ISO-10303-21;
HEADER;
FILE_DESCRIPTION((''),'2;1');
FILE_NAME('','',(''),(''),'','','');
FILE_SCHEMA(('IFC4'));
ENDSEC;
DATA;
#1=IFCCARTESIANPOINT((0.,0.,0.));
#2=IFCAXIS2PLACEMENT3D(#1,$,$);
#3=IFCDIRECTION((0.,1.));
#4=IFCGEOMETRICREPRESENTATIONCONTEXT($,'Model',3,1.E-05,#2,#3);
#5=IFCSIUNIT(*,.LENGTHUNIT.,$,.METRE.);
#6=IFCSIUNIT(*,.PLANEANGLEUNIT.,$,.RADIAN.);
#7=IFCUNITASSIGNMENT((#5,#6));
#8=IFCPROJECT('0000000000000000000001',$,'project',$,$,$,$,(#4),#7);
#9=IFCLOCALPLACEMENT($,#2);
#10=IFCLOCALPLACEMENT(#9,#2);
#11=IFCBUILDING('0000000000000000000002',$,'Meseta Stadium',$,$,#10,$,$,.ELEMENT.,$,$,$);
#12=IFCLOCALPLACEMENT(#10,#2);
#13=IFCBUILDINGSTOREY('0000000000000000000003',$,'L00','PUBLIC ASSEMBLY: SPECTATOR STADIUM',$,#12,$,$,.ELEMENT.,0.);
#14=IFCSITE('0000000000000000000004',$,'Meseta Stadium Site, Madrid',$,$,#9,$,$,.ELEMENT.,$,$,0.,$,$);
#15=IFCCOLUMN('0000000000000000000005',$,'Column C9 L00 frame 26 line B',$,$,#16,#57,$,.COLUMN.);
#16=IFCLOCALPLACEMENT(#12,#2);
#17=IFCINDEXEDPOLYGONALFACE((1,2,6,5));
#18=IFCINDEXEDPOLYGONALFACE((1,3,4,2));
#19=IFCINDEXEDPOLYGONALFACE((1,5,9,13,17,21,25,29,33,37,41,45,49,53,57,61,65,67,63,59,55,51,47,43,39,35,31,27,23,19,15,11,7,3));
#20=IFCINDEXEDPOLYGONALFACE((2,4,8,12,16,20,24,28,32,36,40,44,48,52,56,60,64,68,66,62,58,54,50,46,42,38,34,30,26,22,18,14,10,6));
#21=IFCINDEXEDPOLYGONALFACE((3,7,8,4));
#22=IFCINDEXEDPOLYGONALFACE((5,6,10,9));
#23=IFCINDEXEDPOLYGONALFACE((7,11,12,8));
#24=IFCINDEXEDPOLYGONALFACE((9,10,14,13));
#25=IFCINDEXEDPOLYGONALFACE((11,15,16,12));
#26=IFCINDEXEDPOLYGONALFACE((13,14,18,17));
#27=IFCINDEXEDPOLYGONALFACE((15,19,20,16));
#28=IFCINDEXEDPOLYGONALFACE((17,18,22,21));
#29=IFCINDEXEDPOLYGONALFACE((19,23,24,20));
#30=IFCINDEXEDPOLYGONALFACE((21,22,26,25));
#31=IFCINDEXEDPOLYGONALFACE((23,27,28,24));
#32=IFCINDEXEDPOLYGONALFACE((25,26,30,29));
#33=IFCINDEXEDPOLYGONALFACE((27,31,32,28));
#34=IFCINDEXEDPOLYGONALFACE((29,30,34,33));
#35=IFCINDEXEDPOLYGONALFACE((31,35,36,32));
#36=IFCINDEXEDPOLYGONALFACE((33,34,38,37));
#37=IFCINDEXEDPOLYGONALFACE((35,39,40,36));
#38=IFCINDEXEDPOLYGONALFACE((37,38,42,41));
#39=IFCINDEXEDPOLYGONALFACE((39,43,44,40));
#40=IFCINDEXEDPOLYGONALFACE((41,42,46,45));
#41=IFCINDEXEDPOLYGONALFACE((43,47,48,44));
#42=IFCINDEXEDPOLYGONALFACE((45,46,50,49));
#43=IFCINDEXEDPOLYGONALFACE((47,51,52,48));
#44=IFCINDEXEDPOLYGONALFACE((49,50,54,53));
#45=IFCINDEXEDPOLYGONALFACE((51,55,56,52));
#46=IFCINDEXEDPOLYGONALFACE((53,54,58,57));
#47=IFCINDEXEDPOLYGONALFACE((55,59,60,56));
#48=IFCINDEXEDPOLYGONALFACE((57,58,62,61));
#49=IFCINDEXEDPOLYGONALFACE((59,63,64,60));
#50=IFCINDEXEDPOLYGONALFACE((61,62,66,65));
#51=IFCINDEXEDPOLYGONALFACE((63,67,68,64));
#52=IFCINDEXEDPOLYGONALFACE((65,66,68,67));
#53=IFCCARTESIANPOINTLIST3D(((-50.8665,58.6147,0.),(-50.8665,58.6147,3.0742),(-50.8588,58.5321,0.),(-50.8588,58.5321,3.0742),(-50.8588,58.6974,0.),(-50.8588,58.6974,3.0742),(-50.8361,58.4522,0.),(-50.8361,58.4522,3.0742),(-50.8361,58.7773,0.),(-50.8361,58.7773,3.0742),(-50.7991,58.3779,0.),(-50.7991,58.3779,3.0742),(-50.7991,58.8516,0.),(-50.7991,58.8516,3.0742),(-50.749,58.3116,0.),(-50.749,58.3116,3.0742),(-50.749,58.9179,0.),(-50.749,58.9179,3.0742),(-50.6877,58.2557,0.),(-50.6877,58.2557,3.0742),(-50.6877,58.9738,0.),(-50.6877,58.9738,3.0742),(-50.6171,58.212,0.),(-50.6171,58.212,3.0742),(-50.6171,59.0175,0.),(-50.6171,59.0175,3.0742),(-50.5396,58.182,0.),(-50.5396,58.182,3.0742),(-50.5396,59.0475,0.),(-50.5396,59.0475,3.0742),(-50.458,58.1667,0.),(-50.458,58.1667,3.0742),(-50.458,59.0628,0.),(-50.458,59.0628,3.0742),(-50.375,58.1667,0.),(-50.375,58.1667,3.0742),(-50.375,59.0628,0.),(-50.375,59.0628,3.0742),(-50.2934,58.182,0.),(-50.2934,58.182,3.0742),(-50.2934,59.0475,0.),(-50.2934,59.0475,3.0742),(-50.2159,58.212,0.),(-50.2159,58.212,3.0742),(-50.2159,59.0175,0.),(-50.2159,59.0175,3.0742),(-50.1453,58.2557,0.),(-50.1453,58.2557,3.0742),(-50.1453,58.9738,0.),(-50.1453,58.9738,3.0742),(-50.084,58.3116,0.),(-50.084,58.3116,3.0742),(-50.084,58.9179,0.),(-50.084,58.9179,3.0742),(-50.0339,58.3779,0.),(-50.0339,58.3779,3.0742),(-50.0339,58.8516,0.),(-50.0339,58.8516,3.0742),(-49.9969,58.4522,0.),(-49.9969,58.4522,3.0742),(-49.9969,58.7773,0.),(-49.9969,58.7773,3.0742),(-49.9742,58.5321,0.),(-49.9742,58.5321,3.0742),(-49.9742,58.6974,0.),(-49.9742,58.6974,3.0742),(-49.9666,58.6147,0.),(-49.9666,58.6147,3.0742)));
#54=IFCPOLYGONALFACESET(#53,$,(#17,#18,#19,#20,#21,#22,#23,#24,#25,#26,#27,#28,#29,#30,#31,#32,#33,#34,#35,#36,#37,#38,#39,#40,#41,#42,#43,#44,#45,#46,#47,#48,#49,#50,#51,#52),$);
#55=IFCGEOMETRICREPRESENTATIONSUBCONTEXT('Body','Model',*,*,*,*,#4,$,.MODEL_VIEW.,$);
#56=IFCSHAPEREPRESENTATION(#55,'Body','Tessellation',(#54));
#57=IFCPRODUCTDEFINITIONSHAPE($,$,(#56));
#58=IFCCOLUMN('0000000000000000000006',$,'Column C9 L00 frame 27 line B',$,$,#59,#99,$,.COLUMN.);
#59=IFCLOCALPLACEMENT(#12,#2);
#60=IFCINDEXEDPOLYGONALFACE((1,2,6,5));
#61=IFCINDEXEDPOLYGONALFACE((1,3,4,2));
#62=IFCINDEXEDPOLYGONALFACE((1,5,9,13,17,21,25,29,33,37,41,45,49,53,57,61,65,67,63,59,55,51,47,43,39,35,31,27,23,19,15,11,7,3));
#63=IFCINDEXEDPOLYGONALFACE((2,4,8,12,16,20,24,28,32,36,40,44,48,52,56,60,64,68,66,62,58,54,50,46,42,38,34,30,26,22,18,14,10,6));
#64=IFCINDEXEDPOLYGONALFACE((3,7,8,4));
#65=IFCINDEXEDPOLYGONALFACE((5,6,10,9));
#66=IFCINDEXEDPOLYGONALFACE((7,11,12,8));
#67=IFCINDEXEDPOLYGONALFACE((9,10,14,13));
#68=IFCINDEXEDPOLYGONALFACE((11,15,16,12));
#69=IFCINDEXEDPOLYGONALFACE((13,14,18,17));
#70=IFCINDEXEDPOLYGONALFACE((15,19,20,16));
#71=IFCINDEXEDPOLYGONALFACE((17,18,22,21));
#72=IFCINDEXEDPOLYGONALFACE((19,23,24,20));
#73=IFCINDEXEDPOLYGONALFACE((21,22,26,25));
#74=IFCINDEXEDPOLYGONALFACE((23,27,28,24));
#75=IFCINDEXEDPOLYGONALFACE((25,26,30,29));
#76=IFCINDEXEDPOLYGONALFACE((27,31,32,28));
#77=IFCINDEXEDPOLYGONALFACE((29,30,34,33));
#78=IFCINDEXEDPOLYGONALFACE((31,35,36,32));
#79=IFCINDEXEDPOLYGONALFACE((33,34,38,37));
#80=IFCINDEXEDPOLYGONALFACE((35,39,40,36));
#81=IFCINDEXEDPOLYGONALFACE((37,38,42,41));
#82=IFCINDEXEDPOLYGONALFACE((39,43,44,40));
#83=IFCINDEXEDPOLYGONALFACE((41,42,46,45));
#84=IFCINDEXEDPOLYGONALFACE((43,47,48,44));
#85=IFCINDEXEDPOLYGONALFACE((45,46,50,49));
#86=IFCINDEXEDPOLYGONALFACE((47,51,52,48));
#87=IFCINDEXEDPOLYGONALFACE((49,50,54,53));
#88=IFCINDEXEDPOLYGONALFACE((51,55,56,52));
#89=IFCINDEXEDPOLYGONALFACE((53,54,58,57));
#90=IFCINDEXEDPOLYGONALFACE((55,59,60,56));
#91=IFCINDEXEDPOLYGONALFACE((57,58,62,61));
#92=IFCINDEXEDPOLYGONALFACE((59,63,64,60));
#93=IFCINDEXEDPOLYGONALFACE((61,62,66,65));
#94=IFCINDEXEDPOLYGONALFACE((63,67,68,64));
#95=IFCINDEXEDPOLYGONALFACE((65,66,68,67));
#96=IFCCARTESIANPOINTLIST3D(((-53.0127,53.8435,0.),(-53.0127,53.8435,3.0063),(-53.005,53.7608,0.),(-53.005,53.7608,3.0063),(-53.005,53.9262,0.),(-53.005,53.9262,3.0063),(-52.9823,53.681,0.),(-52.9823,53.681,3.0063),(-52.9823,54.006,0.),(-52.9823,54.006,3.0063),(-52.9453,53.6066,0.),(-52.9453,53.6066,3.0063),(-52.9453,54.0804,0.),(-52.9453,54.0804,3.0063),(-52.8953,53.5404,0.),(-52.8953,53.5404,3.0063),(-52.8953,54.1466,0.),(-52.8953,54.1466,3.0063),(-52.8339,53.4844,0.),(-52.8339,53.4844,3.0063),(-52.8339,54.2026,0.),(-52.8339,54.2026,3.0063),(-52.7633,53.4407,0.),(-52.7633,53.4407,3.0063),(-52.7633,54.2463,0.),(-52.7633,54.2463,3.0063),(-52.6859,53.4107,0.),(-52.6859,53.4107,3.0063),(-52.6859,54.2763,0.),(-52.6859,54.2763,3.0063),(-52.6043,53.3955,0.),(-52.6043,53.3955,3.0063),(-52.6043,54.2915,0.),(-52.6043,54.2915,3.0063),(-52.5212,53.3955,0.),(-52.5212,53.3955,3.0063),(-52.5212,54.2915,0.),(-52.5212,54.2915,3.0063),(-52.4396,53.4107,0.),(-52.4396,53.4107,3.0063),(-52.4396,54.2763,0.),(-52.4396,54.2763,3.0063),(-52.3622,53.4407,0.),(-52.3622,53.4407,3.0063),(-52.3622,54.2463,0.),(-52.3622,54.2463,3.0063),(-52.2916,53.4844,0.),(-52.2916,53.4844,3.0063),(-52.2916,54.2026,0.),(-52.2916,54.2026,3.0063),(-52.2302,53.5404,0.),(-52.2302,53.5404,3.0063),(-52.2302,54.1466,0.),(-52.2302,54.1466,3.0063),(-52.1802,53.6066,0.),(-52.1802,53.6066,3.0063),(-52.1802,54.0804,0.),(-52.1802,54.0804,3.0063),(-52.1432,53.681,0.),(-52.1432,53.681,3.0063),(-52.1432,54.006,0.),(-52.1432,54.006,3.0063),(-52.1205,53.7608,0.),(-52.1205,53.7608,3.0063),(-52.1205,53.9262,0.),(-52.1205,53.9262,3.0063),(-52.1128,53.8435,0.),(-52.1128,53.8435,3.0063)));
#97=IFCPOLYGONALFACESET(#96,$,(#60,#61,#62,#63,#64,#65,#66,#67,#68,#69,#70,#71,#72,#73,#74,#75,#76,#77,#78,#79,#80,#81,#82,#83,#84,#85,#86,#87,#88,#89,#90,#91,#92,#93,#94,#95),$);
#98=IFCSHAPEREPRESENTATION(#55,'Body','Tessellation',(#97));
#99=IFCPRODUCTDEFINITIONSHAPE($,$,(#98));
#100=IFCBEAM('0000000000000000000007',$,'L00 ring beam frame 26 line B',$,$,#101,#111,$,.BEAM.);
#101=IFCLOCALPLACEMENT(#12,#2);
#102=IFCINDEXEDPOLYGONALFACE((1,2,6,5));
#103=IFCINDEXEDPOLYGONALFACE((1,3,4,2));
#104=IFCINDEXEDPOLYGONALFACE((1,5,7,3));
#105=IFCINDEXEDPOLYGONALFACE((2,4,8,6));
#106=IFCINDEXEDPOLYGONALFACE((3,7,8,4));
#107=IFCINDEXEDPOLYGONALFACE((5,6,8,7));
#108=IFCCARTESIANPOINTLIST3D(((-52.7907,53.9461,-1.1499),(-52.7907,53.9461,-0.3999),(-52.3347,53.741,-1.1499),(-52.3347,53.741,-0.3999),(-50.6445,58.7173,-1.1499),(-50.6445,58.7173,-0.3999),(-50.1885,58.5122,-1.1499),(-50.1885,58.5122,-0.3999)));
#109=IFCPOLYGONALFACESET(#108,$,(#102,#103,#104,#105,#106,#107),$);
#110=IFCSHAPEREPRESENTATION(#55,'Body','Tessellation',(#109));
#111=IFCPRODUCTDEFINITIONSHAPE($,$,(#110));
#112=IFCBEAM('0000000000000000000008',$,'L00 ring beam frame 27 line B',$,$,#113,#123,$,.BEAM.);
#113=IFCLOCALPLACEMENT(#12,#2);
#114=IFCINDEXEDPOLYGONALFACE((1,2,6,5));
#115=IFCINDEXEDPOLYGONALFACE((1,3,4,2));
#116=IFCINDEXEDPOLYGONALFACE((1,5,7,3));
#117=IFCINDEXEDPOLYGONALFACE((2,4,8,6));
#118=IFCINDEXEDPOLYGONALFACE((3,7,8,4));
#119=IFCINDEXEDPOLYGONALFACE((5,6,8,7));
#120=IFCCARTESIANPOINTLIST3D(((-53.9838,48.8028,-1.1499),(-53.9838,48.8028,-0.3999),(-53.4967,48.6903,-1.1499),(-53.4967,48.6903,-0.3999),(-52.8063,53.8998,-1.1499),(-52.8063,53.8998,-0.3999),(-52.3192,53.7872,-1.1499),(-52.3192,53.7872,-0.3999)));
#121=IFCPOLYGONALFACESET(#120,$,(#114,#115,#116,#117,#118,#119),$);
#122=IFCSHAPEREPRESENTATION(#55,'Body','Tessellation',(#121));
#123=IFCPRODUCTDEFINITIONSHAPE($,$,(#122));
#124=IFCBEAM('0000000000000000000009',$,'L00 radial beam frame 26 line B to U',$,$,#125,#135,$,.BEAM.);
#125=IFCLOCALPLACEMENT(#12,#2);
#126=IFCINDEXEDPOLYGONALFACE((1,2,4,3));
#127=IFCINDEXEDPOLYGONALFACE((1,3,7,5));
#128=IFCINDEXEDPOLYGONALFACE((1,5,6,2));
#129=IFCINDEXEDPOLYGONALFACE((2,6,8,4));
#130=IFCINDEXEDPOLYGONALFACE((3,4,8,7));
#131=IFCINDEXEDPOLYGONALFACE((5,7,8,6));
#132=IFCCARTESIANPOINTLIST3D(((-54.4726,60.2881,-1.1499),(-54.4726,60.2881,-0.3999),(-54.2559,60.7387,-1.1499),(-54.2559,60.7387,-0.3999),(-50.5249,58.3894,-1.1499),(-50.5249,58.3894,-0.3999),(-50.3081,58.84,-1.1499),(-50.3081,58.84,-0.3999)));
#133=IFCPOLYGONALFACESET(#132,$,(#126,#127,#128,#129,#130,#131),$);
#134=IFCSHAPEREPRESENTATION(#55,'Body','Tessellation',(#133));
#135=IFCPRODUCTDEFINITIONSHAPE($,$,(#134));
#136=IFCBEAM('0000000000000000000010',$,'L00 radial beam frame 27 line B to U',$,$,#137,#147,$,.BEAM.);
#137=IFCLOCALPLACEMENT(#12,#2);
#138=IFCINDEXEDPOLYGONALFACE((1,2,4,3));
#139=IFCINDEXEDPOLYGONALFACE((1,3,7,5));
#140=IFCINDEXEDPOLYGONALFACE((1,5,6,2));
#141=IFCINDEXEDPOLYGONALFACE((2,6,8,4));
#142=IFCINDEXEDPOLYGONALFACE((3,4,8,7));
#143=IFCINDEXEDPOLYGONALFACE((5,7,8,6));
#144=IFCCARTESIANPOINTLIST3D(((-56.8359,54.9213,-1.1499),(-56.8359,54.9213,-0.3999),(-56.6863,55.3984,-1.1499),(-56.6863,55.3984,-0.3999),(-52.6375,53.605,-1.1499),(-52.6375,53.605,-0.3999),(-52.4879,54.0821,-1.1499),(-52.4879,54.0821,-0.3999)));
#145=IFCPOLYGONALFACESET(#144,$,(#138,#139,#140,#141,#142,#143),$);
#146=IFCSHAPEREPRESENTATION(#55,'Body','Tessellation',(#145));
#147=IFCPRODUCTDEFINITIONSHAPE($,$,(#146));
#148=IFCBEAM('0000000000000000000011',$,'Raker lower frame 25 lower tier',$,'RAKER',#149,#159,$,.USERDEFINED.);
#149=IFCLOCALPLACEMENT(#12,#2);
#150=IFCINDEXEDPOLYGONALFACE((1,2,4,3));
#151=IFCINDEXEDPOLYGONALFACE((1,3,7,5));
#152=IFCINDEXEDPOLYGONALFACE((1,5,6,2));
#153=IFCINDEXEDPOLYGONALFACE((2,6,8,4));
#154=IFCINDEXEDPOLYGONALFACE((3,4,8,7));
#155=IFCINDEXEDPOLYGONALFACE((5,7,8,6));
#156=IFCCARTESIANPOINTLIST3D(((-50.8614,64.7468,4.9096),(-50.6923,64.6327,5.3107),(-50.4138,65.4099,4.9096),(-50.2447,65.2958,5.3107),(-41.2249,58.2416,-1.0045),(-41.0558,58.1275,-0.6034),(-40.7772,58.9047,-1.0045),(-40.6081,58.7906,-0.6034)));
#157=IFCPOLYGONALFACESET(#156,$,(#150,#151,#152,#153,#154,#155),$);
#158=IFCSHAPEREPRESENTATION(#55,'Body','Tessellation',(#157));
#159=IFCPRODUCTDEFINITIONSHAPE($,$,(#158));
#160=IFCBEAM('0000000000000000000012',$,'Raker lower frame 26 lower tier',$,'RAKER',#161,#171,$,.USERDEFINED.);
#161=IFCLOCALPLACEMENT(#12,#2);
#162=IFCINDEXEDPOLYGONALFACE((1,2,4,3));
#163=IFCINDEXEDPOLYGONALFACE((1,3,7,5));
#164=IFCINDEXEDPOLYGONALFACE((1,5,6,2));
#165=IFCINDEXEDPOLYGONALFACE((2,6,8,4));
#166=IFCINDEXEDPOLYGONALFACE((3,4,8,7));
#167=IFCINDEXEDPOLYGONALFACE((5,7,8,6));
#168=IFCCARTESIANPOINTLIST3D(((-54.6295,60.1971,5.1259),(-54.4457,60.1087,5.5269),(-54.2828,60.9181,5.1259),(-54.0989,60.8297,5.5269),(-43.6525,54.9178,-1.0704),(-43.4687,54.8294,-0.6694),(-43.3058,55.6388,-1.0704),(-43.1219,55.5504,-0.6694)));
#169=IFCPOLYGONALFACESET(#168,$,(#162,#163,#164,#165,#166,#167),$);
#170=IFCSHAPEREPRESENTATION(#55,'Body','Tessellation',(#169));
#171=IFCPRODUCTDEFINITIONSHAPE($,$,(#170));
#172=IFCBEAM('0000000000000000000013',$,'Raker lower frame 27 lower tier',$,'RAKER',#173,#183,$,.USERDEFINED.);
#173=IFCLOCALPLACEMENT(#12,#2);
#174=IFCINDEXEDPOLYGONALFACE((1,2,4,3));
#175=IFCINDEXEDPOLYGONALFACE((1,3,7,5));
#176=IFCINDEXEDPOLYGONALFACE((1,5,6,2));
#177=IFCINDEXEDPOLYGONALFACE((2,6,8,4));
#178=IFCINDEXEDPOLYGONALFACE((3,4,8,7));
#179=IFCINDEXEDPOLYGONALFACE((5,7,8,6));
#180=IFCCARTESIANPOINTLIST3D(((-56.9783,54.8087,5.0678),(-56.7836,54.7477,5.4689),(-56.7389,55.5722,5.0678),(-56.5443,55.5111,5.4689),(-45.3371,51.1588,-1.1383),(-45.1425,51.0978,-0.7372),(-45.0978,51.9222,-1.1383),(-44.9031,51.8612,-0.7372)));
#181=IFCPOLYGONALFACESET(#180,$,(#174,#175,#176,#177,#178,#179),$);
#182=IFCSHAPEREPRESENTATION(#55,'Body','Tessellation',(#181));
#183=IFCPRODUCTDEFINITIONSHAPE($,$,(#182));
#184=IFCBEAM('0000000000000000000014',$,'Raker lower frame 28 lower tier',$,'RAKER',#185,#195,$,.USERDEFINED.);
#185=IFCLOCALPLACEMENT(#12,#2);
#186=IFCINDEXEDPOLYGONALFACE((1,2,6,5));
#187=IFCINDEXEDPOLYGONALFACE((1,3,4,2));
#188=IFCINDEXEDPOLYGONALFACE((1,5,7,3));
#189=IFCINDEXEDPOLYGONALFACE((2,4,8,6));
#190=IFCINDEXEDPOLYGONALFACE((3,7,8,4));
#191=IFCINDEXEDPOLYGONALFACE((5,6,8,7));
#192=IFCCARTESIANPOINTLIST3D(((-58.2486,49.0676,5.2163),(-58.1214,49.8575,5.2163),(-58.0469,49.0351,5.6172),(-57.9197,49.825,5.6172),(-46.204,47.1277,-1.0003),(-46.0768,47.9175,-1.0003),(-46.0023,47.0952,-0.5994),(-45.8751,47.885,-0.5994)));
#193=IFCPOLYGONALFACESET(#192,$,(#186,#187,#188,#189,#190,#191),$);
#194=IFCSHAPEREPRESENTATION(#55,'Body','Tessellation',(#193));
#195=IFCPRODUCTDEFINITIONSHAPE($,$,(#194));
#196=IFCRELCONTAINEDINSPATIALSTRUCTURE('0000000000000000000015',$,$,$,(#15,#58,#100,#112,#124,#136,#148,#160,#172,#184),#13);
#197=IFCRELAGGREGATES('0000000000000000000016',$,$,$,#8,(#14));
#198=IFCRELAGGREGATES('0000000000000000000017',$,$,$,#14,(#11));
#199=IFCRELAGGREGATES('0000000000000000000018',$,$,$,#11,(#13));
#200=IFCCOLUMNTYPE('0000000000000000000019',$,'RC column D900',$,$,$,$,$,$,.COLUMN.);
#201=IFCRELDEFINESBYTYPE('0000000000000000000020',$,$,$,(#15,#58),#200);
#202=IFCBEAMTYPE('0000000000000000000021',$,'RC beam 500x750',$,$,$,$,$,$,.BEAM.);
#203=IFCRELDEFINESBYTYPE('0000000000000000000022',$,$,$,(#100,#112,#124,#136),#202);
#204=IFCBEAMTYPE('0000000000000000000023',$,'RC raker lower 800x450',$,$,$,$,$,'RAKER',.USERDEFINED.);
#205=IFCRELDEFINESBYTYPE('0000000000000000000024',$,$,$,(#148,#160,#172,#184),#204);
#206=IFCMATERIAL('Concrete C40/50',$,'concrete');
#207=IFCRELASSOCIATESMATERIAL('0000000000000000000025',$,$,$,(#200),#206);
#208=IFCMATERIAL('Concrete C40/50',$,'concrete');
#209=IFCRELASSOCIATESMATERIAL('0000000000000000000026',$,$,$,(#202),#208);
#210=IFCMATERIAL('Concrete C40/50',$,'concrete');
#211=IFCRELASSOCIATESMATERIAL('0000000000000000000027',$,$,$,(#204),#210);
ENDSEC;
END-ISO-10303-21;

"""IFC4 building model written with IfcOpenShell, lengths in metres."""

from ifc_helpers import new_model, si_unit, direction, frame, origin, origin_2d, place, context, subcontext, project, spatial, rectangle, circle, extrude, material, material_profile, profile_set, type_object, element, save


model = new_model("IFC4")

# Units and contexts
model_context = context("Model", 3, precision=1e-05, world=origin(), true_north=direction((0.0, 1.0)))
body_context = subcontext(model_context, "Body", "Model", "MODEL_VIEW")
ifc_project = project(units=[si_unit("LENGTHUNIT", "METRE"), si_unit("PLANEANGLEUNIT", "RADIAN")], contexts=[model_context])

# Site, building, storey
site_placement = place(None, origin())
site = spatial("IfcSite", under=ifc_project, at=site_placement, Name="Meseta Stadium Site, Madrid", CompositionType="ELEMENT", RefElevation=0.0)
building_placement = place(site_placement, origin())
building = spatial("IfcBuilding", under=site, at=building_placement, Name="Meseta Stadium", CompositionType="ELEMENT")
storey_placement = place(building_placement, origin())
storey = spatial("IfcBuildingStorey", under=building, at=storey_placement, Name="L00", Description="PUBLIC ASSEMBLY: SPECTATOR STADIUM", CompositionType="ELEMENT", Elevation=0.0)

# Columns
ifc_material_1 = material(Name="Concrete C40/50", Category="concrete")
ifc_material_profile_1 = material_profile(ifc_material_1, circle(Radius=0.45, at=origin_2d()), Name="RC D900")
ifc_profile_set_1 = profile_set([ifc_material_profile_1], Name="Concrete C40/50")
column_type = type_object("IfcColumnType", Name="RC column D900", PredefinedType="COLUMN", material=ifc_profile_set_1)
column_1_placement = place(storey_placement, frame((-50.4165, 58.6147, 0.0), z_axis=(0.0, 0.0, 1.0), x_axis=(1.0, 0.0, 0.0)))
element("IfcColumn", 1, at=column_1_placement, inside=storey, type_object=column_type, Name="Column C9 L00 frame 26 line B", PredefinedType="COLUMN", context=body_context, shape_type="SweptSolid", body=[
    extrude(circle(Radius=0.45, at=origin_2d()), origin(), (0.0, 0.0, 1.0), 3.0742),
])
column_2_placement = place(storey_placement, frame((-52.5627, 53.8435, 0.0), z_axis=(0.0, 0.0, 1.0), x_axis=(1.0, 0.0, 0.0)))
element("IfcColumn", 2, at=column_2_placement, inside=storey, type_object=column_type, Name="Column C9 L00 frame 27 line B", PredefinedType="COLUMN", context=body_context, shape_type="SweptSolid", body=[
    extrude(circle(Radius=0.45, at=origin_2d()), origin(), (0.0, 0.0, 1.0), 3.0063),
])

# Beams
ifc_material_2 = material(Name="Concrete C40/50", Category="concrete")
ifc_material_profile_2 = material_profile(ifc_material_2, rectangle(XDim=0.5, YDim=0.75, at=origin_2d()), Name="RC 500x750")
ifc_profile_set_2 = profile_set([ifc_material_profile_2], Name="Concrete C40/50")
beam_type_1 = type_object("IfcBeamType", Name="RC beam 500x750", PredefinedType="BEAM", material=ifc_profile_set_2)
beam_1_placement = place(storey_placement, frame((-50.4165, 58.6147, -0.7749), z_axis=(-0.410235, -0.91198, 0.0), x_axis=(0.91198, -0.410235, 0.0)))
element("IfcBeam", 3, at=beam_1_placement, inside=storey, type_object=beam_type_1, Name="L00 ring beam frame 26 line B", PredefinedType="BEAM", context=body_context, shape_type="SweptSolid", body=[
    extrude(rectangle(XDim=0.5, YDim=0.75, at=origin_2d()), origin(), (0.0, 0.0, 1.0), 5.2317),
])
beam_2_placement = place(storey_placement, frame((-52.5627, 53.8435, -0.7749), z_axis=(-0.225091, -0.974338, 0.0), x_axis=(0.974338, -0.225091, 0.0)))
element("IfcBeam", 4, at=beam_2_placement, inside=storey, type_object=beam_type_1, Name="L00 ring beam frame 27 line B", PredefinedType="BEAM", context=body_context, shape_type="SweptSolid", body=[
    extrude(rectangle(XDim=0.5, YDim=0.75, at=origin_2d()), origin(), (0.0, 0.0, 1.0), 5.2312),
])
beam_3_placement = place(storey_placement, frame((-50.4165, 58.6147, -0.7749), z_axis=(-0.901188, 0.433428, 0.0), x_axis=(-0.433428, -0.901188, 0.0)))
element("IfcBeam", 5, at=beam_3_placement, inside=storey, type_object=beam_type_1, Name="L00 radial beam frame 26 line B to U", PredefinedType="BEAM", context=body_context, shape_type="SweptSolid", body=[
    extrude(rectangle(XDim=0.5, YDim=0.75, at=origin_2d()), origin(), (0.0, 0.0, 1.0), 4.3806),
])
beam_4_placement = place(storey_placement, frame((-52.5627, 53.8435, -0.7749), z_axis=(-0.954196, 0.299182, 0.0), x_axis=(-0.299182, -0.954196, 0.0)))
element("IfcBeam", 6, at=beam_4_placement, inside=storey, type_object=beam_type_1, Name="L00 radial beam frame 27 line B to U", PredefinedType="BEAM", context=body_context, shape_type="SweptSolid", body=[
    extrude(rectangle(XDim=0.5, YDim=0.75, at=origin_2d()), origin(), (0.0, 0.0, 1.0), 4.3999),
])
ifc_material_3 = material(Name="Concrete C40/50", Category="concrete")
ifc_material_profile_3 = material_profile(ifc_material_3, rectangle(XDim=0.8, YDim=0.45, at=origin_2d()), Name="RC 800x450")
ifc_profile_set_3 = profile_set([ifc_material_profile_3], Name="Concrete C40/50")
beam_type_2 = type_object("IfcBeamType", Name="RC raker lower 800x450", ElementType="RAKER", PredefinedType="USERDEFINED", material=ifc_profile_set_3)
beam_5_placement = place(storey_placement, frame((-40.9165, 58.5161, -0.804), z_axis=(-0.738748, 0.498694, 0.453382), x_axis=(-0.559503, -0.828828, 0.0)))
element("IfcBeam", 7, at=beam_5_placement, inside=storey, type_object=beam_type_2, Name="Raker lower frame 25 lower tier", ObjectType="RAKER", PredefinedType="USERDEFINED", context=body_context, shape_type="SweptSolid", body=[
    extrude(rectangle(XDim=0.8, YDim=0.45, at=origin_2d()), origin(), (0.0, 0.0, 1.0), 13.0444),
])
beam_6_placement = place(storey_placement, frame((-43.3872, 55.2341, -0.8699), z_axis=(-0.803236, 0.386308, 0.453408), x_axis=(-0.433419, -0.901193, 0.0)))
element("IfcBeam", 8, at=beam_6_placement, inside=storey, type_object=beam_type_2, Name="Raker lower frame 26 lower tier", ObjectType="RAKER", PredefinedType="USERDEFINED", context=body_context, shape_type="SweptSolid", body=[
    extrude(rectangle(XDim=0.8, YDim=0.45, at=origin_2d()), origin(), (0.0, 0.0, 1.0), 13.666),
])
beam_7_placement = place(storey_placement, frame((-45.1201, 51.51, -0.9377), z_axis=(-0.850481, 0.266656, 0.453405), x_axis=(-0.299175, -0.954198, 0.0)))
element("IfcBeam", 9, at=beam_7_placement, inside=storey, type_object=beam_type_2, Name="Raker lower frame 27 lower tier", ObjectType="RAKER", PredefinedType="USERDEFINED", context=body_context, shape_type="SweptSolid", body=[
    extrude(rectangle(XDim=0.8, YDim=0.45, at=origin_2d()), origin(), (0.0, 0.0, 1.0), 13.6877),
])
beam_8_placement = place(storey_placement, frame((-46.0396, 47.5063, -0.7998), z_axis=(-0.879658, 0.14168, 0.454013), x_axis=(-0.159013, -0.987277, 0.0)))
element("IfcBeam", 10, at=beam_8_placement, inside=storey, type_object=beam_type_2, Name="Raker lower frame 28 lower tier", ObjectType="RAKER", PredefinedType="USERDEFINED", context=body_context, shape_type="SweptSolid", body=[
    extrude(rectangle(XDim=0.8, YDim=0.45, at=origin_2d()), origin(), (0.0, 0.0, 1.0), 13.6924),
])

save(model, "model.ifc")
